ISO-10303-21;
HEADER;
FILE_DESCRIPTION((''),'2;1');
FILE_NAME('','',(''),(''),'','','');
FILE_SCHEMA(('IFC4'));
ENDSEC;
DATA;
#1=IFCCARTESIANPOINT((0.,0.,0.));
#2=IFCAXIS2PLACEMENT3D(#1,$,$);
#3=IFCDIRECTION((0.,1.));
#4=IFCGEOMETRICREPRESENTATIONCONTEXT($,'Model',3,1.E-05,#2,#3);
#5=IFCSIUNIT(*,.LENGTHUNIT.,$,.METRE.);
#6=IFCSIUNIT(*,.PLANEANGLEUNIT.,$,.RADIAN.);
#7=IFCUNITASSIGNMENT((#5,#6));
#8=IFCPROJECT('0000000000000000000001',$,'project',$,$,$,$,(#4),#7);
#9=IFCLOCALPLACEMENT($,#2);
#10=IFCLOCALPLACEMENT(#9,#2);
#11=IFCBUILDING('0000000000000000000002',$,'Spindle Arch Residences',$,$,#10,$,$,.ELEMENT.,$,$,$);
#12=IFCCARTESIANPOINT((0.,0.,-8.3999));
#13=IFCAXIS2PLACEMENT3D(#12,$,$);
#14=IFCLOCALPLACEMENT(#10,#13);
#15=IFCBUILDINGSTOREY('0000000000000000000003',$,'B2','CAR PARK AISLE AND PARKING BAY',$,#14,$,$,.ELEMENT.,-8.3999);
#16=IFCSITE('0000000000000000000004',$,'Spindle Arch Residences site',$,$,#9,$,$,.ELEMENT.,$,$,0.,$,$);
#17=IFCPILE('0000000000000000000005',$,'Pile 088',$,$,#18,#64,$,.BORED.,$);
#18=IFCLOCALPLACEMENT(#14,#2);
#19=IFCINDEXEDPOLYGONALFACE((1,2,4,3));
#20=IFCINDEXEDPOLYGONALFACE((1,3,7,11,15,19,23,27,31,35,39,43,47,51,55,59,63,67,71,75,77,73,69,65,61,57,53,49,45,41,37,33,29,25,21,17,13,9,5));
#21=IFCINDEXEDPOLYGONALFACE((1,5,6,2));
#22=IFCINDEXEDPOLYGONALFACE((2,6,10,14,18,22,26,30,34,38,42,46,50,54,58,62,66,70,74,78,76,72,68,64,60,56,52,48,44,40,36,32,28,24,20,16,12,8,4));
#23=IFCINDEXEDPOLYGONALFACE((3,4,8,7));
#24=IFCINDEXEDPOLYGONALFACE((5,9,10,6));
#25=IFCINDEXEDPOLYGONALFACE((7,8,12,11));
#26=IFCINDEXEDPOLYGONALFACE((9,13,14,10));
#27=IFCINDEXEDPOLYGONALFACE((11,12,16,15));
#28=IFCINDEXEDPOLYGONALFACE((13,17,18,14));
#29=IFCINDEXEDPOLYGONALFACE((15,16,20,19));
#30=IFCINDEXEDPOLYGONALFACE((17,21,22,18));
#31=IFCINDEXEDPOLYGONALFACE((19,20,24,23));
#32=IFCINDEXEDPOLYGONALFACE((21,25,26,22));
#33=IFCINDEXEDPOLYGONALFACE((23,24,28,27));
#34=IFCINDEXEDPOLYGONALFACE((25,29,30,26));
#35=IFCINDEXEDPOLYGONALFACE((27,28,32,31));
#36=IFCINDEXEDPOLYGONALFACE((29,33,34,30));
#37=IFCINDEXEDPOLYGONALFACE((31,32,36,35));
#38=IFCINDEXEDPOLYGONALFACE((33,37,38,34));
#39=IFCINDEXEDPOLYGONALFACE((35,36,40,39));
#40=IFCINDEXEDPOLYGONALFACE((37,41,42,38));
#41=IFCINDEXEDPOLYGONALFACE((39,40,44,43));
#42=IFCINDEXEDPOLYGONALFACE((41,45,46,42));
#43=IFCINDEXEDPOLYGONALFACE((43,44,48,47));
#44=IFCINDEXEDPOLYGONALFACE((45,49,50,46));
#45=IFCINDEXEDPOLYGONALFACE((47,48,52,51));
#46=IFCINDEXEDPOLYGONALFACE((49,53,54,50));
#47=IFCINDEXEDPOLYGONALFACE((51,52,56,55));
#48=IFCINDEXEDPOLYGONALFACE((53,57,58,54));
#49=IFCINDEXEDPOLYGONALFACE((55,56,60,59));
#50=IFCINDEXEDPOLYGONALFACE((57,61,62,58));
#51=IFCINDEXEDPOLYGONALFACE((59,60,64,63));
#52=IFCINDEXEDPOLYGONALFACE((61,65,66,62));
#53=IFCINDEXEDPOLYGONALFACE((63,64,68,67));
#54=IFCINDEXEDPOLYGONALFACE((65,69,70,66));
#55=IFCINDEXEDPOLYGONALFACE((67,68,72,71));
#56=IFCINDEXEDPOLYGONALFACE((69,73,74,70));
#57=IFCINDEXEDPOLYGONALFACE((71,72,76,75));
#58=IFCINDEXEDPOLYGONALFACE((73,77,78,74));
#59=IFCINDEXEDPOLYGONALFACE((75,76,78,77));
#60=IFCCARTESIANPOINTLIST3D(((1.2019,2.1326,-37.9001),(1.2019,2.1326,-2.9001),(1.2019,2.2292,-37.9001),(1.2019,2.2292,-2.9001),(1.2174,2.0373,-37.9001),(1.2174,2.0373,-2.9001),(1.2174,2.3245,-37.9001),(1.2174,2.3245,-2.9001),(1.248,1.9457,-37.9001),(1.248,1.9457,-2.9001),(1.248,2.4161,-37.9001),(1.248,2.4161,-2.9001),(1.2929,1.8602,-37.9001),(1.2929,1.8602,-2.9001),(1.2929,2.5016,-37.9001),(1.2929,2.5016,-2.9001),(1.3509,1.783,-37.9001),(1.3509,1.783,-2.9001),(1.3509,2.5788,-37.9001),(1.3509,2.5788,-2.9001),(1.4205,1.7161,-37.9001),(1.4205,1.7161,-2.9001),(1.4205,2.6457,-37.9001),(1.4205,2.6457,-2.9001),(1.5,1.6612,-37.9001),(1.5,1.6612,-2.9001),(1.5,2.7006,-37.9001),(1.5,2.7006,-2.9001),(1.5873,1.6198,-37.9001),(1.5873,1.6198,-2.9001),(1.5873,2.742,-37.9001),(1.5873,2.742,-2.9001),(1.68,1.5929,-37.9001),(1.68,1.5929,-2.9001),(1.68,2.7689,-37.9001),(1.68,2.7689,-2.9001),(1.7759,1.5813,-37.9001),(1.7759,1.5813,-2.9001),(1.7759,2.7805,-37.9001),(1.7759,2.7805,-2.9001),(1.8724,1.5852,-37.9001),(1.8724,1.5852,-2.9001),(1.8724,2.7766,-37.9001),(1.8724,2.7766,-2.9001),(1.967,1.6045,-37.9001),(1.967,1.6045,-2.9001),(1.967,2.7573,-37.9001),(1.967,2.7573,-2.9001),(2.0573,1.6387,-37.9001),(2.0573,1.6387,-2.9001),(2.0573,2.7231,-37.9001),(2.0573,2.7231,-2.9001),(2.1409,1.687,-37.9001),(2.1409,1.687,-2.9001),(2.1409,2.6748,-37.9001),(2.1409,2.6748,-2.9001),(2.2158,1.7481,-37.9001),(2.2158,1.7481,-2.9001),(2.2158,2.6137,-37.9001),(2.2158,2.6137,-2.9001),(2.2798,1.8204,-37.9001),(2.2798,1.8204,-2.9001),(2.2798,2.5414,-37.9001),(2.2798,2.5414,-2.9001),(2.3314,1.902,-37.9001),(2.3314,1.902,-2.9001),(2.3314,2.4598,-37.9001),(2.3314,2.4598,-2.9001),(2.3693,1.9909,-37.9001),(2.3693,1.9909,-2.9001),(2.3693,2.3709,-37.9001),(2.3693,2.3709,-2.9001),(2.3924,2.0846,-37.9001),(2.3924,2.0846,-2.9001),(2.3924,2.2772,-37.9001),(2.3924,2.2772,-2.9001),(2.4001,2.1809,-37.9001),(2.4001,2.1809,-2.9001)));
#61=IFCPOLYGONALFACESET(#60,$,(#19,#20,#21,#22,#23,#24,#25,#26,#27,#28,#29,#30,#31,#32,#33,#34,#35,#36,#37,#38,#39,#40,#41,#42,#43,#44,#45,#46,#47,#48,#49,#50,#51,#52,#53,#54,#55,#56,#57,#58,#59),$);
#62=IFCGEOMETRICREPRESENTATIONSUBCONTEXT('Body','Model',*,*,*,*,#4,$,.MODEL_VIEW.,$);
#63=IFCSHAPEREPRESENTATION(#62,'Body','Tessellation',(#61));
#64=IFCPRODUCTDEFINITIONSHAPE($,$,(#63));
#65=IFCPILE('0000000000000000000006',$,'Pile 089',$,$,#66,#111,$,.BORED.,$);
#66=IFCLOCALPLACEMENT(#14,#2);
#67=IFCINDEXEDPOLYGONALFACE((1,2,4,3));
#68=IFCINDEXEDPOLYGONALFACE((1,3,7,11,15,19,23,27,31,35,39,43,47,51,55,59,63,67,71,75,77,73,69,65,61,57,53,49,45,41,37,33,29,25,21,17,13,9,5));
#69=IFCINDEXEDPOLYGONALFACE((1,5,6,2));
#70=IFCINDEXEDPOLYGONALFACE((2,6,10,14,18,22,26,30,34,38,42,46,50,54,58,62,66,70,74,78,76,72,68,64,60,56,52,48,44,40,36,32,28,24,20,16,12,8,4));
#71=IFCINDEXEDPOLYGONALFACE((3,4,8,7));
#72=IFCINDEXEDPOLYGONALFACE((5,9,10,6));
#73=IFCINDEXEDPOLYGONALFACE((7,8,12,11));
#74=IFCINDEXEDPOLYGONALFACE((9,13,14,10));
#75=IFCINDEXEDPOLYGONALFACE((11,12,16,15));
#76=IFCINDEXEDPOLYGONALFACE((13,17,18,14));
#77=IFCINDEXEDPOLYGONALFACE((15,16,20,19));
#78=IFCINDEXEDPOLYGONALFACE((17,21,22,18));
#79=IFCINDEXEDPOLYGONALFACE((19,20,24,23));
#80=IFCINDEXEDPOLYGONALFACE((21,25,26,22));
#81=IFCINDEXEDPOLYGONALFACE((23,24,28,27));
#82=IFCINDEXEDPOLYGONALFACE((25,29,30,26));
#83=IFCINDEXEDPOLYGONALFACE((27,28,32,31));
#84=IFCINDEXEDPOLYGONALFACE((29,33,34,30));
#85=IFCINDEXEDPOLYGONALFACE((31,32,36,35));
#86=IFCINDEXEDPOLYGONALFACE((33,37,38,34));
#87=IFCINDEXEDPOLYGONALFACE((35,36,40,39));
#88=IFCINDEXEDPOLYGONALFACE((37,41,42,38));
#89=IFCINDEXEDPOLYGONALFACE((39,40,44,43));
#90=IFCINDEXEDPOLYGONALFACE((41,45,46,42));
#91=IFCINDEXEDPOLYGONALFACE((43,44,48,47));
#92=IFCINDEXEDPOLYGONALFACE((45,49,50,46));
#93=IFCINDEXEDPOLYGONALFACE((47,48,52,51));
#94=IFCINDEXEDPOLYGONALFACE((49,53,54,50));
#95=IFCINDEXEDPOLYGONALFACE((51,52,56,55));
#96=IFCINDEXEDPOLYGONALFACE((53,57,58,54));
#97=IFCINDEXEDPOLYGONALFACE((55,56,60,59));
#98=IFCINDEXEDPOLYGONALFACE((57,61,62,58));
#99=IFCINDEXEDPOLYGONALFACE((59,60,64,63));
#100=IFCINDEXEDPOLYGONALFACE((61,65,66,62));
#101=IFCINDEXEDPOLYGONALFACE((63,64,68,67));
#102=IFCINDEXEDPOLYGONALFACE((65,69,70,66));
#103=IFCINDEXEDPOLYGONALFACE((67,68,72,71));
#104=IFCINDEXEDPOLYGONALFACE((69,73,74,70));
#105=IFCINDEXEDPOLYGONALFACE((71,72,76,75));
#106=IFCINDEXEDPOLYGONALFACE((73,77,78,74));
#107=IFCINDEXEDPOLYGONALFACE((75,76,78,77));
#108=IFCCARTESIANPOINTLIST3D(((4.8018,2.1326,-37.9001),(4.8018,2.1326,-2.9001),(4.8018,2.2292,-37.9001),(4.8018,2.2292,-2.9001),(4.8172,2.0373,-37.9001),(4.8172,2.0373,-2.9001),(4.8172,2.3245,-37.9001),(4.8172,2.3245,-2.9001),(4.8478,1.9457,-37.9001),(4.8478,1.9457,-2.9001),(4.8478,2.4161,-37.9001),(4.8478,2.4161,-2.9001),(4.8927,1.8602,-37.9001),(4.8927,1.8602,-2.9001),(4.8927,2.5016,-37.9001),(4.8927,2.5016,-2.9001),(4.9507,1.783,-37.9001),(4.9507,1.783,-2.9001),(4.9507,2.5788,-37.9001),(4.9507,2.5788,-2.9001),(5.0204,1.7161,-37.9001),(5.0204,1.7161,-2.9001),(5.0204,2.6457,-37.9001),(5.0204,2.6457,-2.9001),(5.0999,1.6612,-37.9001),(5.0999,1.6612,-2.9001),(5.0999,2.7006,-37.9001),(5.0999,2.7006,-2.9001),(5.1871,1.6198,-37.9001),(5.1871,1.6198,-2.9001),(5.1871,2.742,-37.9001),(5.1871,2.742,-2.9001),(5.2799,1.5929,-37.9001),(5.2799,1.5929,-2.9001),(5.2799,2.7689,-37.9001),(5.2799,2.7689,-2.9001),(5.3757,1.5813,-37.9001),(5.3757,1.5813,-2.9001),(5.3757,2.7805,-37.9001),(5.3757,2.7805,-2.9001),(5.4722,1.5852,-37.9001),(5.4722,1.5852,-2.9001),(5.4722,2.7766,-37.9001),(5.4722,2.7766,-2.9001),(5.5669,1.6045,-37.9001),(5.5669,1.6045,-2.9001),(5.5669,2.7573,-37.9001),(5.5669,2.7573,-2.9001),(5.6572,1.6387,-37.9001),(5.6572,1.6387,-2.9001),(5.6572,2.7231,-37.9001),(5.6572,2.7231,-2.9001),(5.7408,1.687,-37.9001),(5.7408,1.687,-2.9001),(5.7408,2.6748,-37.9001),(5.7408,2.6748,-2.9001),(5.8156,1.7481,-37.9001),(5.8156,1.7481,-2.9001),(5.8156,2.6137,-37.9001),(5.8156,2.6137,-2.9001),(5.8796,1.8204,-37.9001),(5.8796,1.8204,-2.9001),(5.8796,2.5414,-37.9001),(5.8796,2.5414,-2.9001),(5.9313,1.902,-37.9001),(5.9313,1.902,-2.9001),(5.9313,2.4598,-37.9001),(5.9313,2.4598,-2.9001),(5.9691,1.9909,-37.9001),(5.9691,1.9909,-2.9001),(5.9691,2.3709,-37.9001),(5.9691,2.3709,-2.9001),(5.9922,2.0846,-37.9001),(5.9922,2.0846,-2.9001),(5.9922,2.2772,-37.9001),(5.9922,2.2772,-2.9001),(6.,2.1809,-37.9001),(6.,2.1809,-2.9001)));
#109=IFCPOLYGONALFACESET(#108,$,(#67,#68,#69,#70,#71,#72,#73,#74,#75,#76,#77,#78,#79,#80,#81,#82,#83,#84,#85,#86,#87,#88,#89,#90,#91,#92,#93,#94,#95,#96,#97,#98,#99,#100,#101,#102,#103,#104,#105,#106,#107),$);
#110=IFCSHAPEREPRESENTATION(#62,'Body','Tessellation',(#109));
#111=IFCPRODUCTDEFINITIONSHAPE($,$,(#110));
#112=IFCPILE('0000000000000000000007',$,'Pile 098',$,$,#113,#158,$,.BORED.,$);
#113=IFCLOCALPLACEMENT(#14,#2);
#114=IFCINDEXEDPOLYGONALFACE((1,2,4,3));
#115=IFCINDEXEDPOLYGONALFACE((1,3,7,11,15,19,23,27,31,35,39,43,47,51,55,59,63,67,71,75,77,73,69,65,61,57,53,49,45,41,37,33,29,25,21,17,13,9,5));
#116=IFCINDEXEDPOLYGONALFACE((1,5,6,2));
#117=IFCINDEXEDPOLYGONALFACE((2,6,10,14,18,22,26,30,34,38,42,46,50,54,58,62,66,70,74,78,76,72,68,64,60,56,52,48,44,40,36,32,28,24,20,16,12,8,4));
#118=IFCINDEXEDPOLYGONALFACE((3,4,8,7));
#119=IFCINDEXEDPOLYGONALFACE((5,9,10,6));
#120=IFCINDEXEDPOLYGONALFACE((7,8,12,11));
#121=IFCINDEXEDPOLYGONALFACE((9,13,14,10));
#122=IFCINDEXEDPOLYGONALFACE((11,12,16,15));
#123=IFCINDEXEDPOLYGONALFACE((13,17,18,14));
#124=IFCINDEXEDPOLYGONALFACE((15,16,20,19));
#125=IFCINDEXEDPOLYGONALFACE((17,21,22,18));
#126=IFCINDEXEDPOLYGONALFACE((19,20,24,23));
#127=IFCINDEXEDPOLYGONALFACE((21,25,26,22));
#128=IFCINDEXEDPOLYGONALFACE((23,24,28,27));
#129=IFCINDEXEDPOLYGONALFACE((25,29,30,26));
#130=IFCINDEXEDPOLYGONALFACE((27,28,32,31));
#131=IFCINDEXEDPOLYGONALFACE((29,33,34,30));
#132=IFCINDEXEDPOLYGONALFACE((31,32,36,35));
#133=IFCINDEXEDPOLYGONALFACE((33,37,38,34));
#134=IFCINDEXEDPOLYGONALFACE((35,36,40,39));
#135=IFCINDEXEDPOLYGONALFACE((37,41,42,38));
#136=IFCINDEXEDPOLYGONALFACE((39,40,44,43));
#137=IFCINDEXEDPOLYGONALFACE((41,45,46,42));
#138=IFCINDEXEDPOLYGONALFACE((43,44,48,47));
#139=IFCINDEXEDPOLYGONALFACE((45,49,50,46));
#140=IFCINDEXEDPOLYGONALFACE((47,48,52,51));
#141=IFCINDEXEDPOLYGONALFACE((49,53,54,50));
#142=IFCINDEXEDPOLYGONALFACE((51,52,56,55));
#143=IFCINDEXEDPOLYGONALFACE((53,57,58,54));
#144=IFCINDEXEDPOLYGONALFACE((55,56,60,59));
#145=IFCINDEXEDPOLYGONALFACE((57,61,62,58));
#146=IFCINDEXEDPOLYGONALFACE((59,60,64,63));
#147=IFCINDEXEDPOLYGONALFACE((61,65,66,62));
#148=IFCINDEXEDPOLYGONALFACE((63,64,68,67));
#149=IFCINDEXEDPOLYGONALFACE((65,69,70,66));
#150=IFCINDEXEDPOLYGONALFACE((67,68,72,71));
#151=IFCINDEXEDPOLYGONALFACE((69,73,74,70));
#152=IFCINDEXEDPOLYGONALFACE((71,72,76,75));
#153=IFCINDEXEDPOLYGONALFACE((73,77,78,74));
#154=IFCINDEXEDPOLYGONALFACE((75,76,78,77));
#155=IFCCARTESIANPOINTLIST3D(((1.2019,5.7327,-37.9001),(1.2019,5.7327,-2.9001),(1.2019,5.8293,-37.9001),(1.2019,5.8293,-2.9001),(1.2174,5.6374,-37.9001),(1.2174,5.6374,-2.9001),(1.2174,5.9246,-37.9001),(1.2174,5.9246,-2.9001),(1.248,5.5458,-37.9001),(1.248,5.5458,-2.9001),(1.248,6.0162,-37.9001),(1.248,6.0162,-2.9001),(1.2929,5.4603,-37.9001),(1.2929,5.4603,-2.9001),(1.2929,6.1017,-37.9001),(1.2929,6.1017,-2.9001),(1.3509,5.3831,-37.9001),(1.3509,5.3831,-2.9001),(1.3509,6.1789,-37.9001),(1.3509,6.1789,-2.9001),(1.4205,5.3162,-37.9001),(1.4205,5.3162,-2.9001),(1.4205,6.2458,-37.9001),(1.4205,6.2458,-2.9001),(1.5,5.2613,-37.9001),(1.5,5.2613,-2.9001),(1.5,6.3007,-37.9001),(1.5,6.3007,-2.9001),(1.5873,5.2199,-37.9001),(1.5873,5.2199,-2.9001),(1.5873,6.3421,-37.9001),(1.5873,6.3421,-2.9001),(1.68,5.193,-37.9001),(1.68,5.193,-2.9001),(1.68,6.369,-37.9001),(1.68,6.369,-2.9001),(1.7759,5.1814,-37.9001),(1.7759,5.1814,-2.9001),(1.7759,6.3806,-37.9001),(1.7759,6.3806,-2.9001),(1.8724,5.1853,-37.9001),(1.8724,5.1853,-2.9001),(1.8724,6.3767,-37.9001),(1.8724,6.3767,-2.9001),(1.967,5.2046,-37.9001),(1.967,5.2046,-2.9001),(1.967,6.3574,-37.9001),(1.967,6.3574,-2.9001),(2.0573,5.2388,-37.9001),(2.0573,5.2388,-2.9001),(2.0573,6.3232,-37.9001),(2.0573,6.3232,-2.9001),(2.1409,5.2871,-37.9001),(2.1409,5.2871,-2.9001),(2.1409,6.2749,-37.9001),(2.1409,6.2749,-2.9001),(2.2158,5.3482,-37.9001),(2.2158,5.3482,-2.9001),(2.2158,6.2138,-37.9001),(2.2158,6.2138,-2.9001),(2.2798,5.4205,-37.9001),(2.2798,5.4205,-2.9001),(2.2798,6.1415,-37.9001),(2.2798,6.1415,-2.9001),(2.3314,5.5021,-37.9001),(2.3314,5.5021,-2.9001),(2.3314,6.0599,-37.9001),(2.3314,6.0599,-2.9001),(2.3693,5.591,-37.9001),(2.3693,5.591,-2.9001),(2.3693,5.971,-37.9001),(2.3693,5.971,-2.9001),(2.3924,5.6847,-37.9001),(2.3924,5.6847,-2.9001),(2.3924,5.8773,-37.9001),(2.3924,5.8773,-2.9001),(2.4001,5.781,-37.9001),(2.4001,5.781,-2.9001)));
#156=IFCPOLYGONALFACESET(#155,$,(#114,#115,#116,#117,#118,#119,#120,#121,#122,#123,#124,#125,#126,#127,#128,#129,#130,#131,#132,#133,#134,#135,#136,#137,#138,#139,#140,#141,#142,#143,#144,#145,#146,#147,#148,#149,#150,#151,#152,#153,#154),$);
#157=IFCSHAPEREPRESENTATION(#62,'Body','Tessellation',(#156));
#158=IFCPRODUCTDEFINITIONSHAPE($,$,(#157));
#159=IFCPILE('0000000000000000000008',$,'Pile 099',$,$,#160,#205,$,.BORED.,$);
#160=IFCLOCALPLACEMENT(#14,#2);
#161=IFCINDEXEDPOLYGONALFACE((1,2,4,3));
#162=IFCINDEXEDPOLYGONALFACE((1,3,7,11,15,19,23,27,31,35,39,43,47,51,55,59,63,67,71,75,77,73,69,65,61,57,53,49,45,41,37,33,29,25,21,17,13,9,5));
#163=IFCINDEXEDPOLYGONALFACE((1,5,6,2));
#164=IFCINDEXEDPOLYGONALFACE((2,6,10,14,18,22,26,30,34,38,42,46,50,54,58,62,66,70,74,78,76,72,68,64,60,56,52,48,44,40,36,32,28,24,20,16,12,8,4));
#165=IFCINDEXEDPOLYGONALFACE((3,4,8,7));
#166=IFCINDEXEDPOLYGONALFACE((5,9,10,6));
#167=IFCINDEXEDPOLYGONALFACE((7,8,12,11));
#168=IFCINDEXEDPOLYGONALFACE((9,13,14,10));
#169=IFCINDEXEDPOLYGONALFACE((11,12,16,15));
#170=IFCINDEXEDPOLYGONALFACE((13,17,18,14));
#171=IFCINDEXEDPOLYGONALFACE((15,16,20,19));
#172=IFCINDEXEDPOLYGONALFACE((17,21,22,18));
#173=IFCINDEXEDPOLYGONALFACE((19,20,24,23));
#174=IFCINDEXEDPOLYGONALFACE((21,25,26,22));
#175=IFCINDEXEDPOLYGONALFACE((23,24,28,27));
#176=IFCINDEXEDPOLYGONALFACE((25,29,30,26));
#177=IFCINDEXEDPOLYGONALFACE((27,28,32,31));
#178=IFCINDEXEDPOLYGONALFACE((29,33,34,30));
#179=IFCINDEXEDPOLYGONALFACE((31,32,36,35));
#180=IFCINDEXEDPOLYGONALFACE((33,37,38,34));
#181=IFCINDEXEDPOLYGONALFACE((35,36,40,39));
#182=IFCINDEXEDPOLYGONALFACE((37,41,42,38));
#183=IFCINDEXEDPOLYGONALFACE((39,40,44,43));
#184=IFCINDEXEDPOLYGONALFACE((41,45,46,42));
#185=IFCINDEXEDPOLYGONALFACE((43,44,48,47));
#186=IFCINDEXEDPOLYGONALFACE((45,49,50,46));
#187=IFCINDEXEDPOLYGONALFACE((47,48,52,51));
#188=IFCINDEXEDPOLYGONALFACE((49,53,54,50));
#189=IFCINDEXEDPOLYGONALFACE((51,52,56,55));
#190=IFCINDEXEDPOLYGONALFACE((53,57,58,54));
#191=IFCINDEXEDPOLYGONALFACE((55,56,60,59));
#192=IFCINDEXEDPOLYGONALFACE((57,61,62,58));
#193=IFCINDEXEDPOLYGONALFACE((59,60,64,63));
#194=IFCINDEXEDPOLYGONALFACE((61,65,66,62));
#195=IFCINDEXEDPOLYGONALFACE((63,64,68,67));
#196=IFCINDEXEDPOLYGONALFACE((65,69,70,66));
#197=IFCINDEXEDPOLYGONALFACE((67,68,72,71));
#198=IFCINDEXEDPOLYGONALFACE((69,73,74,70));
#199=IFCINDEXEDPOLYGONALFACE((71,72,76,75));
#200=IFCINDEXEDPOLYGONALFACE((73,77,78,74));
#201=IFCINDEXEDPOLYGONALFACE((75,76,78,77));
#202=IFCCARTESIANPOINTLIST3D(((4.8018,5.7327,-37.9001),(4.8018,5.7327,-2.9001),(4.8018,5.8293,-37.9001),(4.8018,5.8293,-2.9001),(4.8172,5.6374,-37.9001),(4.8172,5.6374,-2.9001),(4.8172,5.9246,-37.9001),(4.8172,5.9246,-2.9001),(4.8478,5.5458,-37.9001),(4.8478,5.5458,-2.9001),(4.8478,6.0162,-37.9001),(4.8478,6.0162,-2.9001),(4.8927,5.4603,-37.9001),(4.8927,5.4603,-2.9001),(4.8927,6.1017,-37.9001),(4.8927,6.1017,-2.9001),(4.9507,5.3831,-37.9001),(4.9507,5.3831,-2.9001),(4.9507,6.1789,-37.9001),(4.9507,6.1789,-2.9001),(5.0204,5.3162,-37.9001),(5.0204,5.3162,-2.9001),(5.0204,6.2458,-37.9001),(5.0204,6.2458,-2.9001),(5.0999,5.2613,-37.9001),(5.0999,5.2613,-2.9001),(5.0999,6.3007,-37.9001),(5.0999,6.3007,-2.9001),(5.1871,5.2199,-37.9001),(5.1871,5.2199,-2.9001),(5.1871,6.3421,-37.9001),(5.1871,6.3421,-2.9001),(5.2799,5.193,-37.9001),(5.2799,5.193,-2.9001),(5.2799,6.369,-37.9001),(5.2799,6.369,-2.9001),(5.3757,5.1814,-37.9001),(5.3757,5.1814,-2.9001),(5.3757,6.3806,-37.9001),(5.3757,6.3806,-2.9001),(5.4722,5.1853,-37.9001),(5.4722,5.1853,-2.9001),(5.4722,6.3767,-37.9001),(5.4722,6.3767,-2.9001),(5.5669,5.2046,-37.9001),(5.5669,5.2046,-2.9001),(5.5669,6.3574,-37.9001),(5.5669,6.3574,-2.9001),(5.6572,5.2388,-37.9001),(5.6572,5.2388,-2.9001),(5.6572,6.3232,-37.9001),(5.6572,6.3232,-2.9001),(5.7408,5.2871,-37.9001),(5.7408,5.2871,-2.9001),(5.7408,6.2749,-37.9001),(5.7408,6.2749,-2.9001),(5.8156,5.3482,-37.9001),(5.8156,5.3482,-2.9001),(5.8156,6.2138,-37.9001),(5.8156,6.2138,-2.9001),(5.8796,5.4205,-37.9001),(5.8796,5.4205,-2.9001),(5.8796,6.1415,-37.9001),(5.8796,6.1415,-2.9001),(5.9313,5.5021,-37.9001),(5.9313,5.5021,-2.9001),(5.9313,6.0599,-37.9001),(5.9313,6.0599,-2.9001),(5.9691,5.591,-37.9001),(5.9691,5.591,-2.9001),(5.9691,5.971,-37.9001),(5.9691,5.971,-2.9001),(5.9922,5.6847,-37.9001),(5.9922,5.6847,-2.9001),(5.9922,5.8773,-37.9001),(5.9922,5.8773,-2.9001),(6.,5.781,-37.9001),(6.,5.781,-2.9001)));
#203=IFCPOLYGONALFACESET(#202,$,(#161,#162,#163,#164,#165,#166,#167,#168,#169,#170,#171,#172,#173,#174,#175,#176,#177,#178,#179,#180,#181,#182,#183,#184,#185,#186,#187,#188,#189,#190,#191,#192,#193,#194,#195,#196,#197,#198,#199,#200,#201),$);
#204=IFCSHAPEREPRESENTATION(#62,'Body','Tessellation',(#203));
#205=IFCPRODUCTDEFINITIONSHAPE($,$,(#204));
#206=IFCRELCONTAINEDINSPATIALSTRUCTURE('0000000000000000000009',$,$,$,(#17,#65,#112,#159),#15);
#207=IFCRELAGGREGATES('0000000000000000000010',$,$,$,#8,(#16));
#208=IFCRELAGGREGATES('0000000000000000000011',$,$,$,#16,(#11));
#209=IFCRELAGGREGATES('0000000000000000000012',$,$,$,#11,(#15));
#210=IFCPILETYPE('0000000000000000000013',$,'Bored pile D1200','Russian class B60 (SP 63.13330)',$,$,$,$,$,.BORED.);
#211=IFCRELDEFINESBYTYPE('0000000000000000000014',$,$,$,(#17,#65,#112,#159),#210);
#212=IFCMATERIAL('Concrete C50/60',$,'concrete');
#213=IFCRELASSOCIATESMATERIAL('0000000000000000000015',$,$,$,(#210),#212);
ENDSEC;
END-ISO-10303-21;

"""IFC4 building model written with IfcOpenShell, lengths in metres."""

from ifc_helpers import new_model, si_unit, direction, frame, origin, origin_2d, place, context, subcontext, project, spatial, circle, extrude, material, material_profile, profile_set, type_object, element, save


model = new_model("IFC4")

# Units and contexts
model_context = context("Model", 3, precision=1e-05, world=origin(), true_north=direction((0.0, 1.0)))
body_context = subcontext(model_context, "Body", "Model", "MODEL_VIEW")
ifc_project = project(units=[si_unit("LENGTHUNIT", "METRE"), si_unit("PLANEANGLEUNIT", "RADIAN")], contexts=[model_context])

# Site, building, storey
site_placement = place(None, origin())
site = spatial("IfcSite", under=ifc_project, at=site_placement, Name="Spindle Arch Residences site", CompositionType="ELEMENT", RefElevation=0.0)
building_placement = place(site_placement, origin())
building = spatial("IfcBuilding", under=site, at=building_placement, Name="Spindle Arch Residences", CompositionType="ELEMENT")
storey_placement = place(building_placement, frame((0.0, 0.0, -8.3999)))
storey = spatial("IfcBuildingStorey", under=building, at=storey_placement, Name="B2", Description="CAR PARK AISLE AND PARKING BAY", CompositionType="ELEMENT", Elevation=-8.3999)

# Piles
ifc_material_1 = material(Name="Concrete C50/60", Category="concrete")
ifc_material_profile = material_profile(ifc_material_1, circle(Radius=0.6001, at=origin_2d()), Name="BP D1200")
ifc_profile_set = profile_set([ifc_material_profile], Name="Concrete C50/60")
pile_type = type_object("IfcPileType", Name="Bored pile D1200", Description="Russian class B60 (SP 63.13330)", PredefinedType="BORED", material=ifc_profile_set)
for number, where, z_axis, x_axis, name in (
    (1, (1.8, 2.1809, -2.9001), (0.0, 0.0, -1.0), (1.0, 0.0, 0.0), "Pile 088"),
    (2, (5.3999, 2.1809, -2.9001), (0.0, 0.0, -1.0), (1.0, 0.0, 0.0), "Pile 089"),
    (3, (1.8, 5.781, -2.9001), (0.0, 0.0, -1.0), (1.0, 0.0, 0.0), "Pile 098"),
    (4, (5.3999, 5.781, -2.9001), (0.0, 0.0, -1.0), (1.0, 0.0, 0.0), "Pile 099"),
):
    element("IfcPile", number, at=place(storey_placement, frame(where, z_axis=z_axis, x_axis=x_axis)), inside=storey, type_object=pile_type, Name=name, PredefinedType="BORED", context=body_context, shape_type="SweptSolid", body=[
        extrude(circle(Radius=0.6001, at=origin_2d()), origin(), (0.0, 0.0, 1.0), 35.0),
    ])

save(model, "model.ifc")
